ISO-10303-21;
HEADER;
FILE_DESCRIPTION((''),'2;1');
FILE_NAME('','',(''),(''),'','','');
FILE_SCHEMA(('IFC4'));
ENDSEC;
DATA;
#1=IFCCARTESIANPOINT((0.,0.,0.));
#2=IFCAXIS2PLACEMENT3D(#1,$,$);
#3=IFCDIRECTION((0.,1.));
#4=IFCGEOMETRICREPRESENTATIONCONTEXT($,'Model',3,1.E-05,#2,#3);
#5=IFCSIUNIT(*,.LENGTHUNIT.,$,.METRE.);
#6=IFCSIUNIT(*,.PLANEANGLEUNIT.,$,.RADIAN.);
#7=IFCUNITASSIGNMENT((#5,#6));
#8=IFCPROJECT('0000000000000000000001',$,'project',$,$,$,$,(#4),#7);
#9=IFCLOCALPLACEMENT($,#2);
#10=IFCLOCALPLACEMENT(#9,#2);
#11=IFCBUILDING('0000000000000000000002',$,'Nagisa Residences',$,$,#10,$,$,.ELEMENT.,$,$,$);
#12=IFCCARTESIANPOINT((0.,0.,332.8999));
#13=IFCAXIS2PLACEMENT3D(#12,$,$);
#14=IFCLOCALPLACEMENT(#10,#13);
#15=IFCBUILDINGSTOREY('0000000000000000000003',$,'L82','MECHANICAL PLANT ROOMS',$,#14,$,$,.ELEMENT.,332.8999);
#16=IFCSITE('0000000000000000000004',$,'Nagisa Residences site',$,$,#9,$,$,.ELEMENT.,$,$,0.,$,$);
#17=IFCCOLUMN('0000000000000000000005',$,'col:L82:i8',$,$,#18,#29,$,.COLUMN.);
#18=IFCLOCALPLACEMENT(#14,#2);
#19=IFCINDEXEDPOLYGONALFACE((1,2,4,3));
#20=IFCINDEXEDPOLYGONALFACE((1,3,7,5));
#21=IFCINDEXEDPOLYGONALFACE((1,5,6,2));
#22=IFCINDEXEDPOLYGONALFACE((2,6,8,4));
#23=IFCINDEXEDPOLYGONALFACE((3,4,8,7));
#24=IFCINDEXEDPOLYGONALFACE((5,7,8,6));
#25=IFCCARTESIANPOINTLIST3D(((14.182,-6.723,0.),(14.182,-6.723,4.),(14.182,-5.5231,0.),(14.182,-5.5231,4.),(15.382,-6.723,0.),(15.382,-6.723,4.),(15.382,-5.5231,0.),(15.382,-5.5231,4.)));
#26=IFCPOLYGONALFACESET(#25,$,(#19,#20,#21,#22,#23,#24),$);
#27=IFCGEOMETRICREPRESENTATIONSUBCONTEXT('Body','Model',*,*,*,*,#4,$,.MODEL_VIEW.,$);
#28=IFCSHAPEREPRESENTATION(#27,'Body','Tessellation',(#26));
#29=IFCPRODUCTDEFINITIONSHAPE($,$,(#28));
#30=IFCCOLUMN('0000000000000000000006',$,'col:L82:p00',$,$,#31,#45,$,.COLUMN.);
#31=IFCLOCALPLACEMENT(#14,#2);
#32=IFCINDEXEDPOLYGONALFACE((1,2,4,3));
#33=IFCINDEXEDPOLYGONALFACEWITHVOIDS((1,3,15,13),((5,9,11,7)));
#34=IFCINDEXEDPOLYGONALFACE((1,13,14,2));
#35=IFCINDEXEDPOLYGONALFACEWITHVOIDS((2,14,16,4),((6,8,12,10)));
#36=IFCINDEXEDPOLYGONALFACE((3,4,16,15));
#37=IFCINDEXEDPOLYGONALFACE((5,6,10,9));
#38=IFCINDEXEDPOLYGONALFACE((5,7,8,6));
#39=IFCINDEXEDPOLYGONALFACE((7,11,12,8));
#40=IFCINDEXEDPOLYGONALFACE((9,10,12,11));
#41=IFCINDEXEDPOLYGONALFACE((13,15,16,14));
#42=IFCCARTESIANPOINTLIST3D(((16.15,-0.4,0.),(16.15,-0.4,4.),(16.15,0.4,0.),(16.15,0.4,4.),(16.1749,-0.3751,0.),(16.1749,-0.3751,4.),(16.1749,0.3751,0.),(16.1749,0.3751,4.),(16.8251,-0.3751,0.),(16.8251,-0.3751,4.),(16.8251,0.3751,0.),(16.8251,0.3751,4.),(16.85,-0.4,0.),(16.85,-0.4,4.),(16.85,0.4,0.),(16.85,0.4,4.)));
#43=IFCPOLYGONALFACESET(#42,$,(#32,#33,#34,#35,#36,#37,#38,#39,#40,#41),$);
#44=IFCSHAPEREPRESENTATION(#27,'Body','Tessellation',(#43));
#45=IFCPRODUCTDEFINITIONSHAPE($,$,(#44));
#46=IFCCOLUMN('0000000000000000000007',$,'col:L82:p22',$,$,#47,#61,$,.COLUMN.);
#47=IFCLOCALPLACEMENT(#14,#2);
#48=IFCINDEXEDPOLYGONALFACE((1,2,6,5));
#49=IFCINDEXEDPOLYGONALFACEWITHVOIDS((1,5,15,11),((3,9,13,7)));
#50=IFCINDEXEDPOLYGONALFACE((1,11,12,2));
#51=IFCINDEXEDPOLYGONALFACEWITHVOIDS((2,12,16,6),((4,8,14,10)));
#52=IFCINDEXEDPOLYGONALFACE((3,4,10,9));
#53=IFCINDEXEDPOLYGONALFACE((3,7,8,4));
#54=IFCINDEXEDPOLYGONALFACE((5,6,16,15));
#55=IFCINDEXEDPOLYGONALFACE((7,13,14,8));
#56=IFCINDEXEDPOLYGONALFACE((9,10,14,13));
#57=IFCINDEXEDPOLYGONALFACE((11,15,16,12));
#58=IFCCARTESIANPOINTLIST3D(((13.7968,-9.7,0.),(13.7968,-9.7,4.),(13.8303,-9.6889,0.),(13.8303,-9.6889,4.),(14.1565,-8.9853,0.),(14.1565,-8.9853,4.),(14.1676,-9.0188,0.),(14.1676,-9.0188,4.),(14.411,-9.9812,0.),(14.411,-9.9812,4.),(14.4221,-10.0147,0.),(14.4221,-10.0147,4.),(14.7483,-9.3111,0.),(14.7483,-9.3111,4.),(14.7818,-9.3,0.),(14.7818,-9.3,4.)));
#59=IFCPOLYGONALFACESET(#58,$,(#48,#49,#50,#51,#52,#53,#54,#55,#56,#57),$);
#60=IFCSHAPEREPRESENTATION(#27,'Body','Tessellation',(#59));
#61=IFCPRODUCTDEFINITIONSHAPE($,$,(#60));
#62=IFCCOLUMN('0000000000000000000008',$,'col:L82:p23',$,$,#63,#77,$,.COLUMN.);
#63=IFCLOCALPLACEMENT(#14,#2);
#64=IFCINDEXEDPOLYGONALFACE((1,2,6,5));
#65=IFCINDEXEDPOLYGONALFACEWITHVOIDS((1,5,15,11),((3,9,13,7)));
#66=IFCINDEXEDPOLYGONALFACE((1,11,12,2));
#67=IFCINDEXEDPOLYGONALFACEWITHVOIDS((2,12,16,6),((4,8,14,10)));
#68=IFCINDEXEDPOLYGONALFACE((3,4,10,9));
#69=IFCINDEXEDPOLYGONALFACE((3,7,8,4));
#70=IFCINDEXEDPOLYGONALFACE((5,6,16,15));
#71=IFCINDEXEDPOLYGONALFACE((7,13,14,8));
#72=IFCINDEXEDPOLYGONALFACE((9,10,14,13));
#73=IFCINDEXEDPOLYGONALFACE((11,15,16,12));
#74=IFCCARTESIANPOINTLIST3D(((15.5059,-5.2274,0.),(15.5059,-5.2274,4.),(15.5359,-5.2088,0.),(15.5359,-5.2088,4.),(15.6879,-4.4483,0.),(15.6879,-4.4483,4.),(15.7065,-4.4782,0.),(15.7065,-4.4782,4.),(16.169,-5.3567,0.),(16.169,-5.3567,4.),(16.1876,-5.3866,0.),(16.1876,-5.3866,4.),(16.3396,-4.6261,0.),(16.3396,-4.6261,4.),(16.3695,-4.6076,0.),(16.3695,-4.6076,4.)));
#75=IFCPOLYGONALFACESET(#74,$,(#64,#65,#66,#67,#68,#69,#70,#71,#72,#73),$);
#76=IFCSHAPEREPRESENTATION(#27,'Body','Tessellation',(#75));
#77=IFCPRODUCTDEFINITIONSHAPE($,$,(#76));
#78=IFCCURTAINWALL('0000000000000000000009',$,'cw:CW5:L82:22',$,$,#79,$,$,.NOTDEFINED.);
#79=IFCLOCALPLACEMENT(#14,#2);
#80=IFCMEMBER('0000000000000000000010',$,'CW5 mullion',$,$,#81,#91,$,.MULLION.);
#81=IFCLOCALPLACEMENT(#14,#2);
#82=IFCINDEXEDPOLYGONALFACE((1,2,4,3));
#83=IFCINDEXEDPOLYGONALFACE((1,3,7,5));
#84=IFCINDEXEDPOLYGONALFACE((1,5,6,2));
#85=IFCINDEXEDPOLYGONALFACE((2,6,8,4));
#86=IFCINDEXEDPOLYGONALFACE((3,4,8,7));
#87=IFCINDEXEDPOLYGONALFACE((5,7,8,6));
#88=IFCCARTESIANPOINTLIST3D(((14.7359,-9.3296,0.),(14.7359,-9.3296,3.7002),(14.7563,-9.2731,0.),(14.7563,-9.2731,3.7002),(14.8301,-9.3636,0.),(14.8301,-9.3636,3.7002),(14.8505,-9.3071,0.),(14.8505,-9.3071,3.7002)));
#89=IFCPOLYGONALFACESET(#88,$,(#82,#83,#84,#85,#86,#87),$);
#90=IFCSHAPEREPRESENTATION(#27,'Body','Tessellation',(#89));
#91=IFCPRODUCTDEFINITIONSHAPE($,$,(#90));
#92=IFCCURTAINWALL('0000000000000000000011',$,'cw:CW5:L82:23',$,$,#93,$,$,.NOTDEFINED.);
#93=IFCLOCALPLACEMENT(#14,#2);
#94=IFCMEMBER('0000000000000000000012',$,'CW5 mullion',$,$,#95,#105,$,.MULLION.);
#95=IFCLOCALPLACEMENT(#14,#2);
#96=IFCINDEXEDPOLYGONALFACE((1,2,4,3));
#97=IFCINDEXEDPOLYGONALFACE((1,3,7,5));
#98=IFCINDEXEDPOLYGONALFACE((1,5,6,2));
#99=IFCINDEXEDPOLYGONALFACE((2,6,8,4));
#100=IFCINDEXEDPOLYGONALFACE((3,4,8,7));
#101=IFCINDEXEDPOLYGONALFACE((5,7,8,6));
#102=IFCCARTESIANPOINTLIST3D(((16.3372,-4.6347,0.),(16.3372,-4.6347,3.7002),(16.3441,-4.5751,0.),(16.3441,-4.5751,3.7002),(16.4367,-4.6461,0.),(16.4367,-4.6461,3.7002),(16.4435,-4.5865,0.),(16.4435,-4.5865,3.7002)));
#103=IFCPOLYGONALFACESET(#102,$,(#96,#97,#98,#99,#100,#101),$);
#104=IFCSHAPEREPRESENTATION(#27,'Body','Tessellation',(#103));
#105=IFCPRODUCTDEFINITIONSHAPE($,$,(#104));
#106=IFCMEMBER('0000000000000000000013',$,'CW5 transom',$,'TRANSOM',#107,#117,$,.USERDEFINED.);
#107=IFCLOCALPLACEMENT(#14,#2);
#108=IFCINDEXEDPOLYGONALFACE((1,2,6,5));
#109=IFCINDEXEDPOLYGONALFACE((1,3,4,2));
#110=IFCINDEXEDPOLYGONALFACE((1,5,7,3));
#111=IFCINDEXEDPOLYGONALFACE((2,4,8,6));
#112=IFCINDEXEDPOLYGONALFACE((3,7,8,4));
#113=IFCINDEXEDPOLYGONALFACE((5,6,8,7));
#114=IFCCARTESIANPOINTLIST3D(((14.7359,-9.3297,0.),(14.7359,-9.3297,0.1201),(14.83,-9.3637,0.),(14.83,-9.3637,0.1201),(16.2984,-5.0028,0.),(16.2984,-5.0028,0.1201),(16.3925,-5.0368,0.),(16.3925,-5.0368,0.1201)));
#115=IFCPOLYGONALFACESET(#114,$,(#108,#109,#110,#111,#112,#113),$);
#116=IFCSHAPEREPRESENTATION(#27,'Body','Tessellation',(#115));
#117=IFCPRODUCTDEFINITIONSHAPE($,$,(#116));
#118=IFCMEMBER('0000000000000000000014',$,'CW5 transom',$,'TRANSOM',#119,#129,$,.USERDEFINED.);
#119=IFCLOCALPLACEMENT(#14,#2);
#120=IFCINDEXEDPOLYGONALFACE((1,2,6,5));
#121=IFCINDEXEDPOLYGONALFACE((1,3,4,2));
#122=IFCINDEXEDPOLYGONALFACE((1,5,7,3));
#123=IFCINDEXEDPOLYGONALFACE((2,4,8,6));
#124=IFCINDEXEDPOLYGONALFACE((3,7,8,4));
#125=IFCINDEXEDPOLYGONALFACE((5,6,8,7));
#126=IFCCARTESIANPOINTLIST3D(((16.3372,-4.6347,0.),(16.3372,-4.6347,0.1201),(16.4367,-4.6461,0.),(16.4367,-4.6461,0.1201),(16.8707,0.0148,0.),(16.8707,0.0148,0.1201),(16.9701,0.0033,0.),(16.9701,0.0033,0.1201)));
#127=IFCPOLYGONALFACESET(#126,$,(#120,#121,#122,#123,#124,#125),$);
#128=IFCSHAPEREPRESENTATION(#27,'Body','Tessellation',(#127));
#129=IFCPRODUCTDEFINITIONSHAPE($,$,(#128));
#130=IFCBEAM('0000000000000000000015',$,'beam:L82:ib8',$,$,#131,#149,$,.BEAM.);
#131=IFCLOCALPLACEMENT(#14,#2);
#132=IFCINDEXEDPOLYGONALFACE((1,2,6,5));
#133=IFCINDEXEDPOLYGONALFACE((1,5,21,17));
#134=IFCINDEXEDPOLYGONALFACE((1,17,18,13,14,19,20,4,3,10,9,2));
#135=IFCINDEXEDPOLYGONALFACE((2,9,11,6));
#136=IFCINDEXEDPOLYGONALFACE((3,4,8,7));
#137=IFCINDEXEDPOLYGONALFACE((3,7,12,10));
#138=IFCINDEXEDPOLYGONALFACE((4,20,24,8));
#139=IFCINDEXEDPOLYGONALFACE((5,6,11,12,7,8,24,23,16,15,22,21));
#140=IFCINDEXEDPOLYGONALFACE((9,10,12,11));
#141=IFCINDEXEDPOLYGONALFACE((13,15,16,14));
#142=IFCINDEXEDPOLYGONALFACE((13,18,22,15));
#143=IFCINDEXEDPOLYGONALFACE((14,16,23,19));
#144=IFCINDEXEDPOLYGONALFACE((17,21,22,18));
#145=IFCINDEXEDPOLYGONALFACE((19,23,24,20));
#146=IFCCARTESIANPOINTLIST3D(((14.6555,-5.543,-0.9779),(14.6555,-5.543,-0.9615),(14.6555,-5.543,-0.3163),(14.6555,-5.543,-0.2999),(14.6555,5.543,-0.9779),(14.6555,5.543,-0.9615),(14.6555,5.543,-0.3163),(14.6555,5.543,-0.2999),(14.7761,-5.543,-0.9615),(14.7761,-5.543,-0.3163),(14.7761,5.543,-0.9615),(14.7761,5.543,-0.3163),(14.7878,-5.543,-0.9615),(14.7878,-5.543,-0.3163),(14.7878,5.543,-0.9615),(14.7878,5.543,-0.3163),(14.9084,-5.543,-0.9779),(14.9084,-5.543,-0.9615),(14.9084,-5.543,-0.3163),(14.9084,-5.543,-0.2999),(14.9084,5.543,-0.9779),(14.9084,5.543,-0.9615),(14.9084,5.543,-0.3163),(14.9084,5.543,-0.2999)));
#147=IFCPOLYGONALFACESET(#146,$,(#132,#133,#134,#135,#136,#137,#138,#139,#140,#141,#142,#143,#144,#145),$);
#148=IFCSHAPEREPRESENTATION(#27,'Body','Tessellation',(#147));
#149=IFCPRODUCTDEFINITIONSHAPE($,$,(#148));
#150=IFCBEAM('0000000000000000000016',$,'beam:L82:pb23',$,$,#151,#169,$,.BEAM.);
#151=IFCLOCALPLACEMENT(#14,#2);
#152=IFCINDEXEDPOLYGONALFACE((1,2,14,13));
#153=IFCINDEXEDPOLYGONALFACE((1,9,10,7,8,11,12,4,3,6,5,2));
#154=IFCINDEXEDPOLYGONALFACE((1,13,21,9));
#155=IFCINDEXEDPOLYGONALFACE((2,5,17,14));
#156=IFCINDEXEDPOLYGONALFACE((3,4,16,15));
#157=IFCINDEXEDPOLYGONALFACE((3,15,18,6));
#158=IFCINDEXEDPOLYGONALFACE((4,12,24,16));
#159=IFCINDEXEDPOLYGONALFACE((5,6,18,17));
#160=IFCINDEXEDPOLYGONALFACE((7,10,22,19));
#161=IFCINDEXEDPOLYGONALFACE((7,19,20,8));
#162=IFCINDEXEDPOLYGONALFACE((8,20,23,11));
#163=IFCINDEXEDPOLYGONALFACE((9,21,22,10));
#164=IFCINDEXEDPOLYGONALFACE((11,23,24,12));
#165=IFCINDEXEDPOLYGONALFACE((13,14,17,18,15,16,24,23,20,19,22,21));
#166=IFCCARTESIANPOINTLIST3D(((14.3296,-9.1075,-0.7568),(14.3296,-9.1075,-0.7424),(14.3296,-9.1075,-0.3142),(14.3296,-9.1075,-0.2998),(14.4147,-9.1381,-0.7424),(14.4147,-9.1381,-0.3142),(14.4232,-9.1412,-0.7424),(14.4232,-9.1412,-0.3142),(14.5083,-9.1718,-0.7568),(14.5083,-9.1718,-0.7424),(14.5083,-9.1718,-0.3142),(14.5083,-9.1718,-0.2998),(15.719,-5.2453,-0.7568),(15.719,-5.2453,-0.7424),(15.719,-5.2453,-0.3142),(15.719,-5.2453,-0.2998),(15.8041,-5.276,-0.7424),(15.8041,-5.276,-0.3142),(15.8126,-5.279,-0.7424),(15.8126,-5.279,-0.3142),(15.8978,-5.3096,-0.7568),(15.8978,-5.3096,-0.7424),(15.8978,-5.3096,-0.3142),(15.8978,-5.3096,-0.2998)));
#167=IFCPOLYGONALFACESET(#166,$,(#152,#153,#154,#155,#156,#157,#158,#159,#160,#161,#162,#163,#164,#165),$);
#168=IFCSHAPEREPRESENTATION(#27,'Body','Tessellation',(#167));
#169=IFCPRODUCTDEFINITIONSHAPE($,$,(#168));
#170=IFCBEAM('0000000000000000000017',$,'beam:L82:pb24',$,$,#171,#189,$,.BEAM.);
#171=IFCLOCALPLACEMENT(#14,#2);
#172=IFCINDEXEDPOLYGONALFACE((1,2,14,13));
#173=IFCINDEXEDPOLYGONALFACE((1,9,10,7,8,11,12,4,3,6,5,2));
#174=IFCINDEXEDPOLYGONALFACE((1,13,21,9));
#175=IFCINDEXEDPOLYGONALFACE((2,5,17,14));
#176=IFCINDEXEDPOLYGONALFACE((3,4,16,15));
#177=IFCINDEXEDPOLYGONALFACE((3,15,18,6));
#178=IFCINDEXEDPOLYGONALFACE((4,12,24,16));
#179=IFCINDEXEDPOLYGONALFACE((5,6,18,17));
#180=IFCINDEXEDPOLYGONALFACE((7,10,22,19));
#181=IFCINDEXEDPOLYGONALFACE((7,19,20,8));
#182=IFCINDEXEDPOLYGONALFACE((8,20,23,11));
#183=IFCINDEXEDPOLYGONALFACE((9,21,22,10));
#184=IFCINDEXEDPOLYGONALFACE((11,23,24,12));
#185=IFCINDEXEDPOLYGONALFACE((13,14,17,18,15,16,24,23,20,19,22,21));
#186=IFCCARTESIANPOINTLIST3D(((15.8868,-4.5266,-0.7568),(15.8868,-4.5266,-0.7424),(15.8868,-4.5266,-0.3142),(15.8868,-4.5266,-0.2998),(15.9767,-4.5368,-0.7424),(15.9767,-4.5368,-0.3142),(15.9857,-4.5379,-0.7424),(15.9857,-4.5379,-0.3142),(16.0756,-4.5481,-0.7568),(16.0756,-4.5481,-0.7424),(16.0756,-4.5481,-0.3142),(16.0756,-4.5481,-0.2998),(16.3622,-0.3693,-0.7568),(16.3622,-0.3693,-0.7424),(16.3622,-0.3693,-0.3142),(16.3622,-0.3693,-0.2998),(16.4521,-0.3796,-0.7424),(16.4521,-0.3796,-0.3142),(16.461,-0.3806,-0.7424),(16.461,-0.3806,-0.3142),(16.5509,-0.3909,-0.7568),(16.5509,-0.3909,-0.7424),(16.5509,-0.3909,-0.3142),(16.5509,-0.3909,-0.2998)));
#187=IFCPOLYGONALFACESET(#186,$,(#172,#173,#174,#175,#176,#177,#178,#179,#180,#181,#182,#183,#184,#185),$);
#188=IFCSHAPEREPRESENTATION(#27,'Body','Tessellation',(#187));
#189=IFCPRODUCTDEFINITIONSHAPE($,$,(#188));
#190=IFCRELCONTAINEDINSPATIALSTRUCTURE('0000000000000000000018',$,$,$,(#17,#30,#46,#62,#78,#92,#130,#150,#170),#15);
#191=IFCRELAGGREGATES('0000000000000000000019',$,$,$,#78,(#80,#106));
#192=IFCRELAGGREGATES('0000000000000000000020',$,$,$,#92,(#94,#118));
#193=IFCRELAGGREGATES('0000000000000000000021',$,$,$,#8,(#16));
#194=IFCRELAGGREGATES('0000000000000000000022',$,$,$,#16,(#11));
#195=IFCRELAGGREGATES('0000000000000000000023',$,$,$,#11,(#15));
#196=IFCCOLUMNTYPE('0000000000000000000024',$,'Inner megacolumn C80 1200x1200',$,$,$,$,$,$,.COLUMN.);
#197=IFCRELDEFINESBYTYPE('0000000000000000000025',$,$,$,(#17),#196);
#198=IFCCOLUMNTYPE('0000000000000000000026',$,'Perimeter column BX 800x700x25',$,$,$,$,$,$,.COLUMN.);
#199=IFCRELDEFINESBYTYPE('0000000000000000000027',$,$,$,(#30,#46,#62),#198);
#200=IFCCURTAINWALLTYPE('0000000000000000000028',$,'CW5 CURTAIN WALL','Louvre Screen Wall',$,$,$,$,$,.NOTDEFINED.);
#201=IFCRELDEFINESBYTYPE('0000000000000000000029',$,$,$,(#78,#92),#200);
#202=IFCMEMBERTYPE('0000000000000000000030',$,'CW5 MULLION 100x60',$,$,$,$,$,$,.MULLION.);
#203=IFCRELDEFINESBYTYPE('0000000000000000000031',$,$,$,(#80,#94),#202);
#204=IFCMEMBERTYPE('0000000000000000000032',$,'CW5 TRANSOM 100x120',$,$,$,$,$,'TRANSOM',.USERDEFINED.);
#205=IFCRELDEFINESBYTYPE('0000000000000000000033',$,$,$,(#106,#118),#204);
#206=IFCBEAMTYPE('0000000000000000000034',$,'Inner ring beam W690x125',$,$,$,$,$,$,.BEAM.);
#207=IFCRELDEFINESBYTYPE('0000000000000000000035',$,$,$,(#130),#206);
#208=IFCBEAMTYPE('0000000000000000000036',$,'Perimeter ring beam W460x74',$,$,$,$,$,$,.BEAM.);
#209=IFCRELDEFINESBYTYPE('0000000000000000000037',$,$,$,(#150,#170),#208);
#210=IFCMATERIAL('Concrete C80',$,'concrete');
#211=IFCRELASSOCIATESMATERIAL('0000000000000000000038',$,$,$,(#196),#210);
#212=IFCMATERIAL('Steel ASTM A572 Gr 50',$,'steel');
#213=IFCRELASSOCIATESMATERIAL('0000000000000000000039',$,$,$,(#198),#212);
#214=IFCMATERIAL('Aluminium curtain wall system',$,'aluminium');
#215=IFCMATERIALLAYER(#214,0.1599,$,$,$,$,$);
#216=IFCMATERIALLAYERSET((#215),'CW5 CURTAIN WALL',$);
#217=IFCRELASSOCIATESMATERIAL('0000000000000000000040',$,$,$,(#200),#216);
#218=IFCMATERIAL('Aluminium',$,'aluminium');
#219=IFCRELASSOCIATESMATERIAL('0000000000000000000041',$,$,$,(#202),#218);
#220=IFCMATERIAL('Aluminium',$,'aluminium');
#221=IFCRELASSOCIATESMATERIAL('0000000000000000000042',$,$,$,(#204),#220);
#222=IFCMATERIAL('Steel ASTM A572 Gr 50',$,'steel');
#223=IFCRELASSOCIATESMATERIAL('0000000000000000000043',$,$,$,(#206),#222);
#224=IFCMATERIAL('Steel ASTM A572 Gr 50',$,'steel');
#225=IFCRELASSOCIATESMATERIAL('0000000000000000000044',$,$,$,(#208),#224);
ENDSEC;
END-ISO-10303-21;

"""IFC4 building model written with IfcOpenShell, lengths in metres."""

from ifc_helpers import new_model, si_unit, direction, frame, origin, origin_2d, place, context, subcontext, project, spatial, rectangle, hollow_rectangle, i_section, extrude, material, layer, layer_set, material_profile, profile_set, type_object, element, aggregate, save


model = new_model("IFC4")

# Units and contexts
model_context = context("Model", 3, precision=1e-05, world=origin(), true_north=direction((0.0, 1.0)))
body_context = subcontext(model_context, "Body", "Model", "MODEL_VIEW")
ifc_project = project(units=[si_unit("LENGTHUNIT", "METRE"), si_unit("PLANEANGLEUNIT", "RADIAN")], contexts=[model_context])

# Site, building, storey
site_placement = place(None, origin())
site = spatial("IfcSite", under=ifc_project, at=site_placement, Name="Nagisa Residences site", CompositionType="ELEMENT", RefElevation=0.0)
building_placement = place(site_placement, origin())
building = spatial("IfcBuilding", under=site, at=building_placement, Name="Nagisa Residences", CompositionType="ELEMENT")
storey_placement = place(building_placement, frame((0.0, 0.0, 332.8999)))
storey = spatial("IfcBuildingStorey", under=building, at=storey_placement, Name="L82", Description="MECHANICAL PLANT ROOMS", CompositionType="ELEMENT", Elevation=332.8999)

# Columns
ifc_material_1 = material(Name="Concrete C80", Category="concrete")
ifc_material_profile_1 = material_profile(ifc_material_1, rectangle(XDim=1.2, YDim=1.2, at=origin_2d()), Name="C80 1200x1200")
ifc_profile_set_1 = profile_set([ifc_material_profile_1], Name="Concrete C80")
column_type_1 = type_object("IfcColumnType", Name="Inner megacolumn C80 1200x1200", PredefinedType="COLUMN", material=ifc_profile_set_1)
column_placement = place(storey_placement, frame((14.782, -6.123, 0.0), z_axis=(0.0, 0.0, 1.0), x_axis=(1.0, 0.0, 0.0)))
element("IfcColumn", 1, at=column_placement, inside=storey, type_object=column_type_1, Name="col:L82:i8", PredefinedType="COLUMN", context=body_context, shape_type="SweptSolid", body=[
    extrude(rectangle(XDim=1.2, YDim=1.2, at=origin_2d()), origin(), (0.0, 0.0, 1.0), 4.0),
])
ifc_material_2 = material(Name="Steel ASTM A572 Gr 50", Category="steel")
ifc_material_profile_2 = material_profile(ifc_material_2, hollow_rectangle(XDim=0.8, YDim=0.7, WallThickness=0.0249, at=origin_2d()), Name="BX 800x700x25")
ifc_profile_set_2 = profile_set([ifc_material_profile_2], Name="Steel ASTM A572 Gr 50")
column_type_2 = type_object("IfcColumnType", Name="Perimeter column BX 800x700x25", PredefinedType="COLUMN", material=ifc_profile_set_2)
for number, where, z_axis, x_axis, name in (
    (2, (16.5, 0.0, 0.0), (0.0, 0.0, 1.0), (0.0, 1.0, 0.0), "col:L82:p00"),
    (3, (14.2893, -9.5, 0.0), (0.0, 0.0, 1.0), (0.449592, 0.893234, 0.0), "col:L82:p22"),
    (4, (15.9377, -4.9175, 0.0), (0.0, 0.0, 1.0), (0.227473, 0.973784, 0.0), "col:L82:p23"),
):
    element("IfcColumn", number, at=place(storey_placement, frame(where, z_axis=z_axis, x_axis=x_axis)), inside=storey, type_object=column_type_2, Name=name, PredefinedType="COLUMN", context=body_context, shape_type="SweptSolid", body=[
        extrude(hollow_rectangle(XDim=0.8, YDim=0.7, WallThickness=0.0249, at=origin_2d()), origin(), (0.0, 0.0, 1.0), 4.0),
    ])

# Curtain walls, members
ifc_material_3 = material(Name="Aluminium curtain wall system", Category="aluminium")
ifc_layer_1 = layer(ifc_material_3, 0.1599)
ifc_layer_set_1 = layer_set([ifc_layer_1], Name="CW5 CURTAIN WALL")
curtain_wall_type = type_object("IfcCurtainWallType", Name="CW5 CURTAIN WALL", Description="Louvre Screen Wall", PredefinedType="NOTDEFINED", material=ifc_layer_set_1)
curtain_wall_1_placement = place(storey_placement, origin())
curtain_wall_1 = element("IfcCurtainWall", 5, at=curtain_wall_1_placement, inside=storey, type_object=curtain_wall_type, Name="cw:CW5:L82:22", PredefinedType="NOTDEFINED")
ifc_material_4 = material(Name="Aluminium", Category="aluminium")
ifc_material_profile_3 = material_profile(ifc_material_4, rectangle(XDim=0.1001, YDim=0.0601, at=origin_2d()), Name="CW5 MULLION 100x60")
ifc_profile_set_3 = profile_set([ifc_material_profile_3], Name="Aluminium")
member_type_1 = type_object("IfcMemberType", Name="CW5 MULLION 100x60", PredefinedType="MULLION", material=ifc_profile_set_3)
member_1_placement = place(storey_placement, frame((14.7932, -9.3184, 0.0), z_axis=(0.0, 0.0, 1.0), x_axis=(-0.940554, 0.339643, 0.0)))
member_1 = element("IfcMember", 6, at=member_1_placement, type_object=member_type_1, Name="CW5 mullion", PredefinedType="MULLION", context=body_context, shape_type="SweptSolid", body=[
    extrude(rectangle(XDim=0.1001, YDim=0.0601, at=origin_2d()), origin(), (0.0, 0.0, 1.0), 3.7002),
])
curtain_wall_2_placement = place(storey_placement, origin())
curtain_wall_2 = element("IfcCurtainWall", 7, at=curtain_wall_2_placement, inside=storey, type_object=curtain_wall_type, Name="cw:CW5:L82:23", PredefinedType="NOTDEFINED")
member_2_placement = place(storey_placement, frame((16.3904, -4.6106, 0.0), z_axis=(0.0, 0.0, 1.0), x_axis=(-0.993478, 0.114025, 0.0)))
member_2 = element("IfcMember", 8, at=member_2_placement, type_object=member_type_1, Name="CW5 mullion", PredefinedType="MULLION", context=body_context, shape_type="SweptSolid", body=[
    extrude(rectangle(XDim=0.1001, YDim=0.0601, at=origin_2d()), origin(), (0.0, 0.0, 1.0), 3.7002),
])

# Members
ifc_material_5 = material(Name="Aluminium", Category="aluminium")
ifc_material_profile_4 = material_profile(ifc_material_5, rectangle(XDim=0.1001, YDim=0.1201, at=origin_2d()), Name="CW5 TRANSOM 100x120")
ifc_profile_set_4 = profile_set([ifc_material_profile_4], Name="Aluminium")
member_type_2 = type_object("IfcMemberType", Name="CW5 TRANSOM 100x120", ElementType="TRANSOM", PredefinedType="USERDEFINED", material=ifc_profile_set_4)
member_3_placement = place(storey_placement, frame((14.783, -9.3467, 0.0601), z_axis=(0.339646, 0.940553, 0.0), x_axis=(-0.940553, 0.339646, 0.0)))
member_3 = element("IfcMember", 9, at=member_3_placement, type_object=member_type_2, Name="CW5 transom", ObjectType="TRANSOM", PredefinedType="USERDEFINED", context=body_context, shape_type="SweptSolid", body=[
    extrude(rectangle(XDim=0.1001, YDim=0.1201, at=origin_2d()), origin(), (0.0, 0.0, 1.0), 4.6003),
])
member_4_placement = place(storey_placement, frame((16.387, -4.6404, 0.0601), z_axis=(0.113986, 0.993482, 0.0), x_axis=(-0.993482, 0.113986, 0.0)))
member_4 = element("IfcMember", 10, at=member_4_placement, type_object=member_type_2, Name="CW5 transom", ObjectType="TRANSOM", PredefinedType="USERDEFINED", context=body_context, shape_type="SweptSolid", body=[
    extrude(rectangle(XDim=0.1001, YDim=0.1201, at=origin_2d()), origin(), (0.0, 0.0, 1.0), 4.6799),
])

# Beams
ifc_material_6 = material(Name="Steel ASTM A572 Gr 50", Category="steel")
ifc_material_profile_5 = material_profile(ifc_material_6, i_section(OverallWidth=0.2529, OverallDepth=0.678, WebThickness=0.0117, FlangeThickness=0.0164, at=origin_2d()), Name="W690x125")
ifc_profile_set_5 = profile_set([ifc_material_profile_5], Name="Steel ASTM A572 Gr 50")
beam_type_1 = type_object("IfcBeamType", Name="Inner ring beam W690x125", PredefinedType="BEAM", material=ifc_profile_set_5)
beam_1_placement = place(storey_placement, frame((14.782, -5.543, -0.6389), z_axis=(0.0, 1.0, 0.0), x_axis=(-1.0, 0.0, 0.0)))
element("IfcBeam", 11, at=beam_1_placement, inside=storey, type_object=beam_type_1, Name="beam:L82:ib8", PredefinedType="BEAM", context=body_context, shape_type="SweptSolid", body=[
    extrude(i_section(OverallWidth=0.2529, OverallDepth=0.678, WebThickness=0.0117, FlangeThickness=0.0164, at=origin_2d()), origin(), (0.0, 0.0, 1.0), 11.0859),
])
ifc_material_7 = material(Name="Steel ASTM A572 Gr 50", Category="steel")
ifc_material_profile_6 = material_profile(ifc_material_7, i_section(OverallWidth=0.1899, OverallDepth=0.457, WebThickness=0.009, FlangeThickness=0.0144, at=origin_2d()), Name="W460x74")
ifc_profile_set_6 = profile_set([ifc_material_profile_6], Name="Steel ASTM A572 Gr 50")
beam_type_2 = type_object("IfcBeamType", Name="Perimeter ring beam W460x74", PredefinedType="BEAM", material=ifc_profile_set_6)
beam_2_placement = place(storey_placement, frame((14.4189, -9.1396, -0.5283), z_axis=(0.338517, 0.94096, 0.0), x_axis=(-0.94096, 0.338517, 0.0)))
element("IfcBeam", 12, at=beam_2_placement, inside=storey, type_object=beam_type_2, Name="beam:L82:pb23", PredefinedType="BEAM", context=body_context, shape_type="SweptSolid", body=[
    extrude(i_section(OverallWidth=0.1899, OverallDepth=0.457, WebThickness=0.009, FlangeThickness=0.0144, at=origin_2d()), origin(), (0.0, 0.0, 1.0), 4.1045),
])
beam_3_placement = place(storey_placement, frame((15.9812, -4.5374, -0.5283), z_axis=(0.113601, 0.993526, 0.0), x_axis=(-0.993526, 0.113601, 0.0)))
element("IfcBeam", 13, at=beam_3_placement, inside=storey, type_object=beam_type_2, Name="beam:L82:pb24", PredefinedType="BEAM", context=body_context, shape_type="SweptSolid", body=[
    extrude(i_section(OverallWidth=0.1899, OverallDepth=0.457, WebThickness=0.009, FlangeThickness=0.0144, at=origin_2d()), origin(), (0.0, 0.0, 1.0), 4.1843),
])

aggregate(curtain_wall_1, [member_1, member_3])
aggregate(curtain_wall_2, [member_2, member_4])

save(model, "model.ifc")
